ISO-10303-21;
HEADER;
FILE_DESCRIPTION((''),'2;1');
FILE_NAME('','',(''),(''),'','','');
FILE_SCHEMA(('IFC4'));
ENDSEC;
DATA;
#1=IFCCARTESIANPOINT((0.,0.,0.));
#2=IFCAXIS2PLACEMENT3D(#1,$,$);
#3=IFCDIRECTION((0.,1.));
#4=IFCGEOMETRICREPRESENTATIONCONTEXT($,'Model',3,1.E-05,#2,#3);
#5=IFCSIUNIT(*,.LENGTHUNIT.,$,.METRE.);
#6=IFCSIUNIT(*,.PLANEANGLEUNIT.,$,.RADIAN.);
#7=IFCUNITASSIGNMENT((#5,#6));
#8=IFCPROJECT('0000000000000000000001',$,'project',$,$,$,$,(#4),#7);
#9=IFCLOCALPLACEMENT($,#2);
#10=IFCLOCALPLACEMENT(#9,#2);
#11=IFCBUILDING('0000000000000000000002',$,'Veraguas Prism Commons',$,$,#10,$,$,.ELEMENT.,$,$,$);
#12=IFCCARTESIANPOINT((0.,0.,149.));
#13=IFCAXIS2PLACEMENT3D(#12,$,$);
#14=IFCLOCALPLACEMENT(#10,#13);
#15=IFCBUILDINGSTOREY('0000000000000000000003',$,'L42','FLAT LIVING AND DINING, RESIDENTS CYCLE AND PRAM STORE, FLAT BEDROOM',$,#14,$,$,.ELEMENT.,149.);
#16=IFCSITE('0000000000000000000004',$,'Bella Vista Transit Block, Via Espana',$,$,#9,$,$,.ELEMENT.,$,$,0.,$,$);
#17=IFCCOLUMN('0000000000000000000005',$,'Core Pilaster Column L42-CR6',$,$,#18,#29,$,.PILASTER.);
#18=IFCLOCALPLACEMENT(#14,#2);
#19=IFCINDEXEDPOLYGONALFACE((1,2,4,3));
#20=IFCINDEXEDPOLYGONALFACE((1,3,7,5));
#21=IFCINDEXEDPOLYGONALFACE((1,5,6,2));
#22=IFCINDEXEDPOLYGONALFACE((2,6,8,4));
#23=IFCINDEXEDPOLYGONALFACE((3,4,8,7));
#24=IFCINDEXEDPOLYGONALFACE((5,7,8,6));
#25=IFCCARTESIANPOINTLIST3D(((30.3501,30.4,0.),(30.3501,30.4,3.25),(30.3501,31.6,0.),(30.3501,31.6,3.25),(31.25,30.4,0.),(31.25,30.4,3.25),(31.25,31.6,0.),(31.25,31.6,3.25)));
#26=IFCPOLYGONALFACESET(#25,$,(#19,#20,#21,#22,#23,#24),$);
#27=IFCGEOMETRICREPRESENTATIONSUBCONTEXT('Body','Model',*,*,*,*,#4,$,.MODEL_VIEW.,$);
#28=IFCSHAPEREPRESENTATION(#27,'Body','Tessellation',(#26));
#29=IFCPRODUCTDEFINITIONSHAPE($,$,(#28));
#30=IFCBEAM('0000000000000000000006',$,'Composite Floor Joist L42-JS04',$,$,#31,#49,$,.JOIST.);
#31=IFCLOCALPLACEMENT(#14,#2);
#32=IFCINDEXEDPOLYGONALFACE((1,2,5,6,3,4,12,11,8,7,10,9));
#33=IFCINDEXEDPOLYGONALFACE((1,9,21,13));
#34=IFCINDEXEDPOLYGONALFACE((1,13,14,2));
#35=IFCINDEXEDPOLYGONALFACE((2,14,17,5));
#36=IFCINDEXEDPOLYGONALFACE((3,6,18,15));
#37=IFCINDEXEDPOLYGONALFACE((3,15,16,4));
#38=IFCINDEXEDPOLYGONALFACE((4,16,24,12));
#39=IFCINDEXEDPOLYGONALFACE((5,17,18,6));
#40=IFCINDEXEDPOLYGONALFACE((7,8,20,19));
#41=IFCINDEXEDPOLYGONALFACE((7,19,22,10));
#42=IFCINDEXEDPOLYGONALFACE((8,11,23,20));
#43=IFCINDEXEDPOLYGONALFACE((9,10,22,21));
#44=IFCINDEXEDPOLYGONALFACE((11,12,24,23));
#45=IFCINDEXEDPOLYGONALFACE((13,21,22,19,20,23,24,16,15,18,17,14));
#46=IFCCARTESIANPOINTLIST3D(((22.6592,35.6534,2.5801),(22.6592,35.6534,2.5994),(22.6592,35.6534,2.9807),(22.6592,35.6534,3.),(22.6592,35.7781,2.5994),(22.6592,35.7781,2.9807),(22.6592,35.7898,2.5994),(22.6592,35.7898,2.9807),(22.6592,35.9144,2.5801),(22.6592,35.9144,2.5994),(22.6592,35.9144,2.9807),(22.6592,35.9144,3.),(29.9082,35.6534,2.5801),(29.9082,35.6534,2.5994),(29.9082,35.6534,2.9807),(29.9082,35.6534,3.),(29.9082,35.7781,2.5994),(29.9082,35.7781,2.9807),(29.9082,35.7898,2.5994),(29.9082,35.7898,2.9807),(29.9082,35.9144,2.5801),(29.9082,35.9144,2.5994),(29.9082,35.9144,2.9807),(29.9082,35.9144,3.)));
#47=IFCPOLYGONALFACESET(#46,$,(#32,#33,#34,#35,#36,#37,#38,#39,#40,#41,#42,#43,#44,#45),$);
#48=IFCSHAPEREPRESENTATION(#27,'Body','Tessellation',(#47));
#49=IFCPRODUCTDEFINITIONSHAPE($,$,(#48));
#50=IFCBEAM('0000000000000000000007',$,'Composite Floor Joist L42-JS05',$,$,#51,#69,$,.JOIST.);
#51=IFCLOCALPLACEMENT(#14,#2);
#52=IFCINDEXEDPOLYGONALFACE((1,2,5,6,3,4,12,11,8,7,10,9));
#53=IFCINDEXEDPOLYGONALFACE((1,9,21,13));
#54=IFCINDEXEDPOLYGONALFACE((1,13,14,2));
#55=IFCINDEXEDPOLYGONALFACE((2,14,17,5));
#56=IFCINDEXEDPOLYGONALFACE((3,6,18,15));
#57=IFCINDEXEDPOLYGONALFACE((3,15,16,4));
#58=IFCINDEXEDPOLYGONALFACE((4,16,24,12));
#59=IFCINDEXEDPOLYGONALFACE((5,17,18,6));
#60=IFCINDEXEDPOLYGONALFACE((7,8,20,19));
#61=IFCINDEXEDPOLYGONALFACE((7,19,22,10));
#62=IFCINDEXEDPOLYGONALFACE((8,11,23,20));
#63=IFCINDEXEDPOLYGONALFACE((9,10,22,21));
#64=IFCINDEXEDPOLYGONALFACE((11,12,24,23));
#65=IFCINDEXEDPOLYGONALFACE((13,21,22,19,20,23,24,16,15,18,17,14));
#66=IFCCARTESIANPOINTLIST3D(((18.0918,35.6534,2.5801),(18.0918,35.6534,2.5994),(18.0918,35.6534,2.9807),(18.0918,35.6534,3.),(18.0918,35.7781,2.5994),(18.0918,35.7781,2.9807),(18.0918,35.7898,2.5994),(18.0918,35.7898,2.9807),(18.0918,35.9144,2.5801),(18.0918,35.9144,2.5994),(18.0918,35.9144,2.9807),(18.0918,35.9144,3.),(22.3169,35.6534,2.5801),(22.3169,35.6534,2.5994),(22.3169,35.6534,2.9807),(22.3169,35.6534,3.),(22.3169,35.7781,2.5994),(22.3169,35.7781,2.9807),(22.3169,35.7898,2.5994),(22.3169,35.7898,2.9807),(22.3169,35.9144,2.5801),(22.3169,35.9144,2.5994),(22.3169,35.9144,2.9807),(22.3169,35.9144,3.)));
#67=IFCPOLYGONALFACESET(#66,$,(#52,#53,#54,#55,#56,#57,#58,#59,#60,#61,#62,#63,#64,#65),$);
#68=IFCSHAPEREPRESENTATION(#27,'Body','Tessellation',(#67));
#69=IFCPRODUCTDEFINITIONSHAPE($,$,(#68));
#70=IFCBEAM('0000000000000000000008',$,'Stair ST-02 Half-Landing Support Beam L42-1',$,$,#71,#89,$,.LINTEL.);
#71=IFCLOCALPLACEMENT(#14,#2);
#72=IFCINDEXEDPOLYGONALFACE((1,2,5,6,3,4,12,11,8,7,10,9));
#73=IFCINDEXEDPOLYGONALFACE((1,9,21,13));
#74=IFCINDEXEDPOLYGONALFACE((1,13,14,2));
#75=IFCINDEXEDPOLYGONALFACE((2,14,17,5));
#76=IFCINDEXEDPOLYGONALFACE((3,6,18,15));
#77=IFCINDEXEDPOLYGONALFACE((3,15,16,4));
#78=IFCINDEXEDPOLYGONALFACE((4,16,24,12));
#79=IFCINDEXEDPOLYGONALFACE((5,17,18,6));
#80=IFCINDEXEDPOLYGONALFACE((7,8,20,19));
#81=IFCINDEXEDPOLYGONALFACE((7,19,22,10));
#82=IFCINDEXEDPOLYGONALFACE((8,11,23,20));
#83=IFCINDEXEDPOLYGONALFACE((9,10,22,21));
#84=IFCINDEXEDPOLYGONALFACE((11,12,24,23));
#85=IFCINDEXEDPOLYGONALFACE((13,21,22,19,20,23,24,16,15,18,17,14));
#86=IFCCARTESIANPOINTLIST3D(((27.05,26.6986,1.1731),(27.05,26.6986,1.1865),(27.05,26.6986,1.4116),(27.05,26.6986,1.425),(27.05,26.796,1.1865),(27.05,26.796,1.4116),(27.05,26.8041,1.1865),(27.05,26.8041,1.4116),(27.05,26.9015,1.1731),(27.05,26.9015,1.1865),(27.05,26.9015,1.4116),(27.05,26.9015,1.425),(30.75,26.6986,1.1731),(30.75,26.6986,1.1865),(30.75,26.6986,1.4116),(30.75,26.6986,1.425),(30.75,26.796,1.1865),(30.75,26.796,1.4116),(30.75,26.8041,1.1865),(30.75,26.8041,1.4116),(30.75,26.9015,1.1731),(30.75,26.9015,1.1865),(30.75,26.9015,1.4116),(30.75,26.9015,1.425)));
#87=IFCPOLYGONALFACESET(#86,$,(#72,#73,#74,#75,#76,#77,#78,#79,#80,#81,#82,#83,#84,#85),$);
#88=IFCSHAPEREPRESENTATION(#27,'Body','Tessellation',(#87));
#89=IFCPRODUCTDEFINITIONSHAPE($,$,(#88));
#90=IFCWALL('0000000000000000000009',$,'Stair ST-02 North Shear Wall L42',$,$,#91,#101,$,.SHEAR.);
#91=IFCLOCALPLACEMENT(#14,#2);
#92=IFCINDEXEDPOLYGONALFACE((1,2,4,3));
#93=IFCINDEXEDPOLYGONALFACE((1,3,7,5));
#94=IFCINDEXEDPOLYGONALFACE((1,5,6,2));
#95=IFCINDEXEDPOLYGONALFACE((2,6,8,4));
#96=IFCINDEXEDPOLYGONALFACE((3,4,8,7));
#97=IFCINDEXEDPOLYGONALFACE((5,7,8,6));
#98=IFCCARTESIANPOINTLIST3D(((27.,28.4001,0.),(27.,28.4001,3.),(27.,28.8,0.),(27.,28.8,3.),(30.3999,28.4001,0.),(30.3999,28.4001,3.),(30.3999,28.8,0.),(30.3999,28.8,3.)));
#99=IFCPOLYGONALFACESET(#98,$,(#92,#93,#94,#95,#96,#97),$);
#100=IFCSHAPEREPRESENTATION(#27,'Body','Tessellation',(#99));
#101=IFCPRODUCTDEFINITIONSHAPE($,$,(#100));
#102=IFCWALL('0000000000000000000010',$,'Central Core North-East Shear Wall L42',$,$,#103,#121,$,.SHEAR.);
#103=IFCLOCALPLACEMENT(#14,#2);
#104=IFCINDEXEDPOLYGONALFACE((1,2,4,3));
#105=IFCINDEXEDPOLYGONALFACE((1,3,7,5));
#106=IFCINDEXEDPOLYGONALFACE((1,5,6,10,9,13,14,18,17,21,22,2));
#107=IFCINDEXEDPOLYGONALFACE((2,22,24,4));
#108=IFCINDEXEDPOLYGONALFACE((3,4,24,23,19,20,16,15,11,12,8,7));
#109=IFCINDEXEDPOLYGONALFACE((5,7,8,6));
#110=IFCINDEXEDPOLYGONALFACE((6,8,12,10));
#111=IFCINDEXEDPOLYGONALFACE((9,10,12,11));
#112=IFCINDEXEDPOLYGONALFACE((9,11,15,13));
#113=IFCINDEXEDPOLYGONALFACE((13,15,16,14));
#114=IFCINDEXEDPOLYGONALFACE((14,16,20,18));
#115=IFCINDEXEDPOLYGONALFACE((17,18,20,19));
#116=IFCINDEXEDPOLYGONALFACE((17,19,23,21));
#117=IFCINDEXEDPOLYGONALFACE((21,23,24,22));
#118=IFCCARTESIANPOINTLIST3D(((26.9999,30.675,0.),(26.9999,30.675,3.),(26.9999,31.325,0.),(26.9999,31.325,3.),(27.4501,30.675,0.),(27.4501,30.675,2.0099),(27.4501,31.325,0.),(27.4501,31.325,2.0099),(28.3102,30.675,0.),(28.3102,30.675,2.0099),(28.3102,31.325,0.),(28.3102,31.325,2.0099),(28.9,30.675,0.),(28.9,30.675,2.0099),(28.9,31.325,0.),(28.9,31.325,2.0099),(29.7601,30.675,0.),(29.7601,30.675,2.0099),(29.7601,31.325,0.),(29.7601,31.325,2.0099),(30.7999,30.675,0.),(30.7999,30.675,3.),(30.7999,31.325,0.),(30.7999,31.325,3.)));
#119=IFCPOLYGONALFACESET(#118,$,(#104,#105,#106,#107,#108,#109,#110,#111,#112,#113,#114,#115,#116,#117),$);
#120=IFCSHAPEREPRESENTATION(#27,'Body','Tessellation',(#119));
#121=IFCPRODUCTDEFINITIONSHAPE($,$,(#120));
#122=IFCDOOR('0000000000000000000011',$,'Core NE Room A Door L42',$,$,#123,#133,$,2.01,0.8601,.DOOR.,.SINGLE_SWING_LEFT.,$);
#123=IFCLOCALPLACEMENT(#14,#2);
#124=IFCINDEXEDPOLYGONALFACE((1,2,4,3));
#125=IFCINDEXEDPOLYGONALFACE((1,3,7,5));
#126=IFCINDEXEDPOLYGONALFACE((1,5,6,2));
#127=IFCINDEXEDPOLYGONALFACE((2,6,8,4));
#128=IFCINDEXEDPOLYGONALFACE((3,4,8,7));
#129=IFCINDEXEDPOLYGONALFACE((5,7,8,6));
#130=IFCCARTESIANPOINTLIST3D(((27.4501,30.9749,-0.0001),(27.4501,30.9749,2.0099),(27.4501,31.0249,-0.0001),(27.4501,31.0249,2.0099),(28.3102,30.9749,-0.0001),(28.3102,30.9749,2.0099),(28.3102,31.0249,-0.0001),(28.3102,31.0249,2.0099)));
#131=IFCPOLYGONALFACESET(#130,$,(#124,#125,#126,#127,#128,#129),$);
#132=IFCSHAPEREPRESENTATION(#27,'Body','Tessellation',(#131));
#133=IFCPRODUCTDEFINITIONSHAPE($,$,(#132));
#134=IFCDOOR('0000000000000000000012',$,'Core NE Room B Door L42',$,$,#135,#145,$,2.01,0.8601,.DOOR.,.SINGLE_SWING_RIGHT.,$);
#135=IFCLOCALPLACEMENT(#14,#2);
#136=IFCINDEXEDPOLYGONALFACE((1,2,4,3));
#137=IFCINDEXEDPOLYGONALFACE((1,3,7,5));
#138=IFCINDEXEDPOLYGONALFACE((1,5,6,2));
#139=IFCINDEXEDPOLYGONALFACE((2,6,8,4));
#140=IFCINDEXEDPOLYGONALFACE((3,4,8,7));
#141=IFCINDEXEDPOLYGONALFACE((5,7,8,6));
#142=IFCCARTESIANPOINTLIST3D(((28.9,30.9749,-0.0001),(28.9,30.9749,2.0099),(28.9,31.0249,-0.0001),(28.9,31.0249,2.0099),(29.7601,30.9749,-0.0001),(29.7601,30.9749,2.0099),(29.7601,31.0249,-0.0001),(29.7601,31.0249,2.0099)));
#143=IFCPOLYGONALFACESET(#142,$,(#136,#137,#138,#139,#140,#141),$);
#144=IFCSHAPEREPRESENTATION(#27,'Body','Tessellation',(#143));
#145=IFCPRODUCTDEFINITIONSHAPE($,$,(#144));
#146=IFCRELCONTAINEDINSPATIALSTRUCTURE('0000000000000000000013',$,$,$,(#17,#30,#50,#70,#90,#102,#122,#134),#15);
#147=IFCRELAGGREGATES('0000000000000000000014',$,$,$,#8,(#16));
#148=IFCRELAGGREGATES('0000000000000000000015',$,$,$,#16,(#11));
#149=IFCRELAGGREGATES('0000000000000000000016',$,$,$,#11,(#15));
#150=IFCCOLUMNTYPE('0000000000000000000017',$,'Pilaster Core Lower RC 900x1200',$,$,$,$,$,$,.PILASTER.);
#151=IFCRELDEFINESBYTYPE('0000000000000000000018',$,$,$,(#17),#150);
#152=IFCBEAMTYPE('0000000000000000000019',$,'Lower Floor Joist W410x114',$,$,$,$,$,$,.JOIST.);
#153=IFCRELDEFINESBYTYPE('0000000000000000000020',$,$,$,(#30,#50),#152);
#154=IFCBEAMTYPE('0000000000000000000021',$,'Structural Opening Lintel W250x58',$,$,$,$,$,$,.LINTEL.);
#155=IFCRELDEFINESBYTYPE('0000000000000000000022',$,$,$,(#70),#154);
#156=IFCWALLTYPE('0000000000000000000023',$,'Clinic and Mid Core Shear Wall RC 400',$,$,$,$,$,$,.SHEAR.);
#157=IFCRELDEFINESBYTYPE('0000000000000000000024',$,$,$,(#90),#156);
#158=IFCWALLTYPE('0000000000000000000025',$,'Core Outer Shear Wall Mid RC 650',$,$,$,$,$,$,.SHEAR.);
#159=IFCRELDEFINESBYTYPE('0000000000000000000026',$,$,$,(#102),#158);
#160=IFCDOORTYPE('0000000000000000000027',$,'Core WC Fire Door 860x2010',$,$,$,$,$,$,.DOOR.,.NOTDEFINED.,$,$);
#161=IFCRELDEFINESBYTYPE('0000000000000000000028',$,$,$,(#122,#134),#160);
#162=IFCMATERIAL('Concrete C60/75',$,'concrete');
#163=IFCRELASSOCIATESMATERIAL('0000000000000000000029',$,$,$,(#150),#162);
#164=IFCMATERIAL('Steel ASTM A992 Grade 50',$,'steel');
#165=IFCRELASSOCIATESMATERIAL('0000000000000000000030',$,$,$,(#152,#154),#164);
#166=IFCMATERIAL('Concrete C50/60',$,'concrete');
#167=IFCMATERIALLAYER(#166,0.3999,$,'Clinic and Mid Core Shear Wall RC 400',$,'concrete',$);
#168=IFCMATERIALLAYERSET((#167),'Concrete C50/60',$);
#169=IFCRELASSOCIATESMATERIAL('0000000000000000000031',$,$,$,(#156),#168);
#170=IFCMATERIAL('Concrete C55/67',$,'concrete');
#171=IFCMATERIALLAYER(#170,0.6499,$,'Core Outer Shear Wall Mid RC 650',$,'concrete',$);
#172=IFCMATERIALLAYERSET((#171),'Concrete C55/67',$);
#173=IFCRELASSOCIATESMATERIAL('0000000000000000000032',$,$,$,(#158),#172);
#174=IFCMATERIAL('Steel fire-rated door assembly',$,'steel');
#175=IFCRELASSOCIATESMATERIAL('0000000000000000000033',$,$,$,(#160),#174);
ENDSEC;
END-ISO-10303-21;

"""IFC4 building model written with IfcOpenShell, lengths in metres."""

from ifc_helpers import new_model, si_unit, direction, frame, frame_2d, origin, origin_2d, place, context, subcontext, project, spatial, rectangle, i_section, extrude, source, transform, mapped, material, layer, layer_set, material_profile, profile_set, type_object, element, fill, save


model = new_model("IFC4")

# Units and contexts
model_context = context("Model", 3, precision=1e-05, world=origin(), true_north=direction((0.0, 1.0)))
body_context = subcontext(model_context, "Body", "Model", "MODEL_VIEW")
ifc_project = project(units=[si_unit("LENGTHUNIT", "METRE"), si_unit("PLANEANGLEUNIT", "RADIAN")], contexts=[model_context])

# Site, building, storey
site_placement = place(None, origin())
site = spatial("IfcSite", under=ifc_project, at=site_placement, Name="Bella Vista Transit Block, Via Espana", CompositionType="ELEMENT", RefElevation=0.0)
building_placement = place(site_placement, origin())
building = spatial("IfcBuilding", under=site, at=building_placement, Name="Veraguas Prism Commons", CompositionType="ELEMENT")
storey_placement = place(building_placement, frame((0.0, 0.0, 149.0)))
storey = spatial("IfcBuildingStorey", under=building, at=storey_placement, Name="L42", Description="FLAT LIVING AND DINING, RESIDENTS CYCLE AND PRAM STORE, FLAT BEDROOM", CompositionType="ELEMENT", Elevation=149.0)

# Column
ifc_material_1 = material(Name="Concrete C60/75", Category="concrete")
ifc_material_profile_1 = material_profile(ifc_material_1, rectangle(XDim=0.8999, YDim=1.2, at=origin_2d()), Name="RC900X1200")
ifc_profile_set_1 = profile_set([ifc_material_profile_1], Name="Concrete C60/75")
column_type = type_object("IfcColumnType", Name="Pilaster Core Lower RC 900x1200", PredefinedType="PILASTER", material=ifc_profile_set_1)
column_placement = place(storey_placement, frame((30.8, 31.0, 0.0), z_axis=(0.0, 0.0, 1.0), x_axis=(1.0, 0.0, 0.0)))
element("IfcColumn", 1, at=column_placement, inside=storey, type_object=column_type, Name="Core Pilaster Column L42-CR6", PredefinedType="PILASTER", context=body_context, shape_type="SweptSolid", body=[
    extrude(rectangle(XDim=0.8999, YDim=1.2, at=origin_2d()), origin(), (0.0, 0.0, 1.0), 3.25),
])

# Beams
ifc_material_2 = material(Name="Steel ASTM A992 Grade 50", Category="steel")
ifc_material_profile_2 = material_profile(ifc_material_2, i_section(OverallWidth=0.261, OverallDepth=0.4199, WebThickness=0.0117, FlangeThickness=0.0193, at=origin_2d()), Name="W410X114")
ifc_profile_set_2 = profile_set([ifc_material_profile_2], Name="Steel ASTM A992 Grade 50")
beam_type_1 = type_object("IfcBeamType", Name="Lower Floor Joist W410x114", PredefinedType="JOIST", material=ifc_profile_set_2)
beam_1_placement = place(storey_placement, frame((29.9082, 35.7839, 2.79), z_axis=(-1.0, 0.0, 0.0), x_axis=(0.0, -1.0, 0.0)))
element("IfcBeam", 2, at=beam_1_placement, inside=storey, type_object=beam_type_1, Name="Composite Floor Joist L42-JS04", PredefinedType="JOIST", context=body_context, shape_type="SweptSolid", body=[
    extrude(i_section(OverallWidth=0.261, OverallDepth=0.4199, WebThickness=0.0117, FlangeThickness=0.0193, at=origin_2d()), origin(), (0.0, 0.0, 1.0), 7.249),
])
beam_2_placement = place(storey_placement, frame((22.3169, 35.7839, 2.79), z_axis=(-1.0, 0.0, 0.0), x_axis=(0.0, -1.0, 0.0)))
element("IfcBeam", 3, at=beam_2_placement, inside=storey, type_object=beam_type_1, Name="Composite Floor Joist L42-JS05", PredefinedType="JOIST", context=body_context, shape_type="SweptSolid", body=[
    extrude(i_section(OverallWidth=0.261, OverallDepth=0.4199, WebThickness=0.0117, FlangeThickness=0.0193, at=origin_2d()), origin(), (0.0, 0.0, 1.0), 4.2251),
])
ifc_material_profile_3 = material_profile(ifc_material_2, i_section(OverallWidth=0.2029, OverallDepth=0.252, WebThickness=0.0081, FlangeThickness=0.0134, at=origin_2d()), Name="W250X58")
ifc_profile_set_3 = profile_set([ifc_material_profile_3], Name="Steel ASTM A992 Grade 50")
beam_type_2 = type_object("IfcBeamType", Name="Structural Opening Lintel W250x58", PredefinedType="LINTEL", material=ifc_profile_set_3)
beam_3_placement = place(storey_placement, frame((27.05, 26.8, 1.2991), z_axis=(1.0, 0.0, 0.0), x_axis=(0.0, 1.0, 0.0)))
element("IfcBeam", 4, at=beam_3_placement, inside=storey, type_object=beam_type_2, Name="Stair ST-02 Half-Landing Support Beam L42-1", PredefinedType="LINTEL", context=body_context, shape_type="SweptSolid", body=[
    extrude(i_section(OverallWidth=0.2029, OverallDepth=0.252, WebThickness=0.0081, FlangeThickness=0.0134, at=origin_2d()), origin(), (0.0, 0.0, 1.0), 3.7),
])

# Wall
ifc_material_3 = material(Name="Concrete C50/60", Category="concrete")
ifc_layer_1 = layer(ifc_material_3, 0.3999, Name="Clinic and Mid Core Shear Wall RC 400", Category="concrete")
ifc_layer_set_1 = layer_set([ifc_layer_1], Name="Concrete C50/60")
wall_type_1 = type_object("IfcWallType", Name="Clinic and Mid Core Shear Wall RC 400", PredefinedType="SHEAR", material=ifc_layer_set_1)
wall_1_placement = place(storey_placement, frame((27.0, 28.6001, 0.0), z_axis=(0.0, 0.0, 1.0), x_axis=(1.0, 0.0, 0.0)))
element("IfcWall", 5, at=wall_1_placement, inside=storey, type_object=wall_type_1, Name="Stair ST-02 North Shear Wall L42", PredefinedType="SHEAR", context=body_context, shape_type="SweptSolid", body=[
    extrude(rectangle(XDim=3.3999, YDim=0.3999, at=frame_2d((1.7, 0.0))), origin(), (0.0, 0.0, 1.0), 3.0),
])

# Wall, openings, doors
ifc_material_4 = material(Name="Concrete C55/67", Category="concrete")
ifc_layer_2 = layer(ifc_material_4, 0.6499, Name="Core Outer Shear Wall Mid RC 650", Category="concrete")
ifc_layer_set_2 = layer_set([ifc_layer_2], Name="Concrete C55/67")
wall_type_2 = type_object("IfcWallType", Name="Core Outer Shear Wall Mid RC 650", PredefinedType="SHEAR", material=ifc_layer_set_2)
wall_2_placement = place(storey_placement, frame((27.0, 31.0, 0.0), z_axis=(0.0, 0.0, 1.0), x_axis=(1.0, 0.0, 0.0)))
wall_2 = element("IfcWall", 6, at=wall_2_placement, inside=storey, type_object=wall_type_2, Name="Central Core North-East Shear Wall L42", PredefinedType="SHEAR", context=body_context, shape_type="SweptSolid", body=[
    extrude(rectangle(XDim=3.8, YDim=0.6499, at=frame_2d((1.8999, 0.0))), origin(), (0.0, 0.0, 1.0), 3.0),
])
opening_1_placement = place(wall_2_placement, frame((0.45, 0.0, 0.0)))
opening_1 = element("IfcOpeningElement", 7, at=opening_1_placement, cuts=wall_2, PredefinedType="OPENING", context=body_context, shape_type="SweptSolid", body=[
    extrude(rectangle(XDim=0.8601, YDim=2.01, at=frame_2d((0.4302, 1.0049))), frame((0.0, 0.335, 0.0), z_axis=(0.0, -1.0, 0.0), x_axis=(1.0, 0.0, 0.0)), (0.0, 0.0, 1.0), 0.6699),
])
opening_2_placement = place(wall_2_placement, frame((1.8999, 0.0, 0.0)))
opening_2 = element("IfcOpeningElement", 8, at=opening_2_placement, cuts=wall_2, PredefinedType="OPENING", context=body_context, shape_type="SweptSolid", body=[
    extrude(rectangle(XDim=0.8601, YDim=2.01, at=frame_2d((0.4302, 1.0049))), frame((0.0, 0.335, 0.0), z_axis=(0.0, -1.0, 0.0), x_axis=(1.0, 0.0, 0.0)), (0.0, 0.0, 1.0), 0.6699),
])
ifc_material_5 = material(Name="Steel fire-rated door assembly", Category="steel")
door_type_1 = type_object("IfcDoorType", Name="Core WC Fire Door 860x2010", OperationType="NOTDEFINED", PredefinedType="DOOR", material=ifc_material_5)
shared_shape_1 = source(origin(), body_context, "Body", "SweptSolid", [
    extrude(rectangle(XDim=0.8601, YDim=2.01, at=frame_2d((0.4302, 1.0049))), frame((0.0, 0.0249, 0.0), z_axis=(0.0, -1.0, 0.0), x_axis=(1.0, 0.0, 0.0)), (0.0, 0.0, 1.0), 0.05),
])
door_1_placement = place(opening_1_placement, origin())
door_1 = element("IfcDoor", 9, at=door_1_placement, inside=storey, type_object=door_type_1, Name="Core NE Room A Door L42", OperationType="SINGLE_SWING_LEFT", OverallHeight=2.01, OverallWidth=0.8601, PredefinedType="DOOR", context=body_context, shape_type="MappedRepresentation", body=[
    mapped(shared_shape_1, transform((0.0, 0.0, 0.0), scale=1.0)),
])
fill(opening_1, door_1)
door_2_placement = place(opening_2_placement, origin())
door_2 = element("IfcDoor", 10, at=door_2_placement, inside=storey, type_object=door_type_1, Name="Core NE Room B Door L42", OperationType="SINGLE_SWING_RIGHT", OverallHeight=2.01, OverallWidth=0.8601, PredefinedType="DOOR", context=body_context, shape_type="MappedRepresentation", body=[
    mapped(shared_shape_1, transform((0.0, 0.0, 0.0), scale=1.0)),
])
fill(opening_2, door_2)

save(model, "model.ifc")
